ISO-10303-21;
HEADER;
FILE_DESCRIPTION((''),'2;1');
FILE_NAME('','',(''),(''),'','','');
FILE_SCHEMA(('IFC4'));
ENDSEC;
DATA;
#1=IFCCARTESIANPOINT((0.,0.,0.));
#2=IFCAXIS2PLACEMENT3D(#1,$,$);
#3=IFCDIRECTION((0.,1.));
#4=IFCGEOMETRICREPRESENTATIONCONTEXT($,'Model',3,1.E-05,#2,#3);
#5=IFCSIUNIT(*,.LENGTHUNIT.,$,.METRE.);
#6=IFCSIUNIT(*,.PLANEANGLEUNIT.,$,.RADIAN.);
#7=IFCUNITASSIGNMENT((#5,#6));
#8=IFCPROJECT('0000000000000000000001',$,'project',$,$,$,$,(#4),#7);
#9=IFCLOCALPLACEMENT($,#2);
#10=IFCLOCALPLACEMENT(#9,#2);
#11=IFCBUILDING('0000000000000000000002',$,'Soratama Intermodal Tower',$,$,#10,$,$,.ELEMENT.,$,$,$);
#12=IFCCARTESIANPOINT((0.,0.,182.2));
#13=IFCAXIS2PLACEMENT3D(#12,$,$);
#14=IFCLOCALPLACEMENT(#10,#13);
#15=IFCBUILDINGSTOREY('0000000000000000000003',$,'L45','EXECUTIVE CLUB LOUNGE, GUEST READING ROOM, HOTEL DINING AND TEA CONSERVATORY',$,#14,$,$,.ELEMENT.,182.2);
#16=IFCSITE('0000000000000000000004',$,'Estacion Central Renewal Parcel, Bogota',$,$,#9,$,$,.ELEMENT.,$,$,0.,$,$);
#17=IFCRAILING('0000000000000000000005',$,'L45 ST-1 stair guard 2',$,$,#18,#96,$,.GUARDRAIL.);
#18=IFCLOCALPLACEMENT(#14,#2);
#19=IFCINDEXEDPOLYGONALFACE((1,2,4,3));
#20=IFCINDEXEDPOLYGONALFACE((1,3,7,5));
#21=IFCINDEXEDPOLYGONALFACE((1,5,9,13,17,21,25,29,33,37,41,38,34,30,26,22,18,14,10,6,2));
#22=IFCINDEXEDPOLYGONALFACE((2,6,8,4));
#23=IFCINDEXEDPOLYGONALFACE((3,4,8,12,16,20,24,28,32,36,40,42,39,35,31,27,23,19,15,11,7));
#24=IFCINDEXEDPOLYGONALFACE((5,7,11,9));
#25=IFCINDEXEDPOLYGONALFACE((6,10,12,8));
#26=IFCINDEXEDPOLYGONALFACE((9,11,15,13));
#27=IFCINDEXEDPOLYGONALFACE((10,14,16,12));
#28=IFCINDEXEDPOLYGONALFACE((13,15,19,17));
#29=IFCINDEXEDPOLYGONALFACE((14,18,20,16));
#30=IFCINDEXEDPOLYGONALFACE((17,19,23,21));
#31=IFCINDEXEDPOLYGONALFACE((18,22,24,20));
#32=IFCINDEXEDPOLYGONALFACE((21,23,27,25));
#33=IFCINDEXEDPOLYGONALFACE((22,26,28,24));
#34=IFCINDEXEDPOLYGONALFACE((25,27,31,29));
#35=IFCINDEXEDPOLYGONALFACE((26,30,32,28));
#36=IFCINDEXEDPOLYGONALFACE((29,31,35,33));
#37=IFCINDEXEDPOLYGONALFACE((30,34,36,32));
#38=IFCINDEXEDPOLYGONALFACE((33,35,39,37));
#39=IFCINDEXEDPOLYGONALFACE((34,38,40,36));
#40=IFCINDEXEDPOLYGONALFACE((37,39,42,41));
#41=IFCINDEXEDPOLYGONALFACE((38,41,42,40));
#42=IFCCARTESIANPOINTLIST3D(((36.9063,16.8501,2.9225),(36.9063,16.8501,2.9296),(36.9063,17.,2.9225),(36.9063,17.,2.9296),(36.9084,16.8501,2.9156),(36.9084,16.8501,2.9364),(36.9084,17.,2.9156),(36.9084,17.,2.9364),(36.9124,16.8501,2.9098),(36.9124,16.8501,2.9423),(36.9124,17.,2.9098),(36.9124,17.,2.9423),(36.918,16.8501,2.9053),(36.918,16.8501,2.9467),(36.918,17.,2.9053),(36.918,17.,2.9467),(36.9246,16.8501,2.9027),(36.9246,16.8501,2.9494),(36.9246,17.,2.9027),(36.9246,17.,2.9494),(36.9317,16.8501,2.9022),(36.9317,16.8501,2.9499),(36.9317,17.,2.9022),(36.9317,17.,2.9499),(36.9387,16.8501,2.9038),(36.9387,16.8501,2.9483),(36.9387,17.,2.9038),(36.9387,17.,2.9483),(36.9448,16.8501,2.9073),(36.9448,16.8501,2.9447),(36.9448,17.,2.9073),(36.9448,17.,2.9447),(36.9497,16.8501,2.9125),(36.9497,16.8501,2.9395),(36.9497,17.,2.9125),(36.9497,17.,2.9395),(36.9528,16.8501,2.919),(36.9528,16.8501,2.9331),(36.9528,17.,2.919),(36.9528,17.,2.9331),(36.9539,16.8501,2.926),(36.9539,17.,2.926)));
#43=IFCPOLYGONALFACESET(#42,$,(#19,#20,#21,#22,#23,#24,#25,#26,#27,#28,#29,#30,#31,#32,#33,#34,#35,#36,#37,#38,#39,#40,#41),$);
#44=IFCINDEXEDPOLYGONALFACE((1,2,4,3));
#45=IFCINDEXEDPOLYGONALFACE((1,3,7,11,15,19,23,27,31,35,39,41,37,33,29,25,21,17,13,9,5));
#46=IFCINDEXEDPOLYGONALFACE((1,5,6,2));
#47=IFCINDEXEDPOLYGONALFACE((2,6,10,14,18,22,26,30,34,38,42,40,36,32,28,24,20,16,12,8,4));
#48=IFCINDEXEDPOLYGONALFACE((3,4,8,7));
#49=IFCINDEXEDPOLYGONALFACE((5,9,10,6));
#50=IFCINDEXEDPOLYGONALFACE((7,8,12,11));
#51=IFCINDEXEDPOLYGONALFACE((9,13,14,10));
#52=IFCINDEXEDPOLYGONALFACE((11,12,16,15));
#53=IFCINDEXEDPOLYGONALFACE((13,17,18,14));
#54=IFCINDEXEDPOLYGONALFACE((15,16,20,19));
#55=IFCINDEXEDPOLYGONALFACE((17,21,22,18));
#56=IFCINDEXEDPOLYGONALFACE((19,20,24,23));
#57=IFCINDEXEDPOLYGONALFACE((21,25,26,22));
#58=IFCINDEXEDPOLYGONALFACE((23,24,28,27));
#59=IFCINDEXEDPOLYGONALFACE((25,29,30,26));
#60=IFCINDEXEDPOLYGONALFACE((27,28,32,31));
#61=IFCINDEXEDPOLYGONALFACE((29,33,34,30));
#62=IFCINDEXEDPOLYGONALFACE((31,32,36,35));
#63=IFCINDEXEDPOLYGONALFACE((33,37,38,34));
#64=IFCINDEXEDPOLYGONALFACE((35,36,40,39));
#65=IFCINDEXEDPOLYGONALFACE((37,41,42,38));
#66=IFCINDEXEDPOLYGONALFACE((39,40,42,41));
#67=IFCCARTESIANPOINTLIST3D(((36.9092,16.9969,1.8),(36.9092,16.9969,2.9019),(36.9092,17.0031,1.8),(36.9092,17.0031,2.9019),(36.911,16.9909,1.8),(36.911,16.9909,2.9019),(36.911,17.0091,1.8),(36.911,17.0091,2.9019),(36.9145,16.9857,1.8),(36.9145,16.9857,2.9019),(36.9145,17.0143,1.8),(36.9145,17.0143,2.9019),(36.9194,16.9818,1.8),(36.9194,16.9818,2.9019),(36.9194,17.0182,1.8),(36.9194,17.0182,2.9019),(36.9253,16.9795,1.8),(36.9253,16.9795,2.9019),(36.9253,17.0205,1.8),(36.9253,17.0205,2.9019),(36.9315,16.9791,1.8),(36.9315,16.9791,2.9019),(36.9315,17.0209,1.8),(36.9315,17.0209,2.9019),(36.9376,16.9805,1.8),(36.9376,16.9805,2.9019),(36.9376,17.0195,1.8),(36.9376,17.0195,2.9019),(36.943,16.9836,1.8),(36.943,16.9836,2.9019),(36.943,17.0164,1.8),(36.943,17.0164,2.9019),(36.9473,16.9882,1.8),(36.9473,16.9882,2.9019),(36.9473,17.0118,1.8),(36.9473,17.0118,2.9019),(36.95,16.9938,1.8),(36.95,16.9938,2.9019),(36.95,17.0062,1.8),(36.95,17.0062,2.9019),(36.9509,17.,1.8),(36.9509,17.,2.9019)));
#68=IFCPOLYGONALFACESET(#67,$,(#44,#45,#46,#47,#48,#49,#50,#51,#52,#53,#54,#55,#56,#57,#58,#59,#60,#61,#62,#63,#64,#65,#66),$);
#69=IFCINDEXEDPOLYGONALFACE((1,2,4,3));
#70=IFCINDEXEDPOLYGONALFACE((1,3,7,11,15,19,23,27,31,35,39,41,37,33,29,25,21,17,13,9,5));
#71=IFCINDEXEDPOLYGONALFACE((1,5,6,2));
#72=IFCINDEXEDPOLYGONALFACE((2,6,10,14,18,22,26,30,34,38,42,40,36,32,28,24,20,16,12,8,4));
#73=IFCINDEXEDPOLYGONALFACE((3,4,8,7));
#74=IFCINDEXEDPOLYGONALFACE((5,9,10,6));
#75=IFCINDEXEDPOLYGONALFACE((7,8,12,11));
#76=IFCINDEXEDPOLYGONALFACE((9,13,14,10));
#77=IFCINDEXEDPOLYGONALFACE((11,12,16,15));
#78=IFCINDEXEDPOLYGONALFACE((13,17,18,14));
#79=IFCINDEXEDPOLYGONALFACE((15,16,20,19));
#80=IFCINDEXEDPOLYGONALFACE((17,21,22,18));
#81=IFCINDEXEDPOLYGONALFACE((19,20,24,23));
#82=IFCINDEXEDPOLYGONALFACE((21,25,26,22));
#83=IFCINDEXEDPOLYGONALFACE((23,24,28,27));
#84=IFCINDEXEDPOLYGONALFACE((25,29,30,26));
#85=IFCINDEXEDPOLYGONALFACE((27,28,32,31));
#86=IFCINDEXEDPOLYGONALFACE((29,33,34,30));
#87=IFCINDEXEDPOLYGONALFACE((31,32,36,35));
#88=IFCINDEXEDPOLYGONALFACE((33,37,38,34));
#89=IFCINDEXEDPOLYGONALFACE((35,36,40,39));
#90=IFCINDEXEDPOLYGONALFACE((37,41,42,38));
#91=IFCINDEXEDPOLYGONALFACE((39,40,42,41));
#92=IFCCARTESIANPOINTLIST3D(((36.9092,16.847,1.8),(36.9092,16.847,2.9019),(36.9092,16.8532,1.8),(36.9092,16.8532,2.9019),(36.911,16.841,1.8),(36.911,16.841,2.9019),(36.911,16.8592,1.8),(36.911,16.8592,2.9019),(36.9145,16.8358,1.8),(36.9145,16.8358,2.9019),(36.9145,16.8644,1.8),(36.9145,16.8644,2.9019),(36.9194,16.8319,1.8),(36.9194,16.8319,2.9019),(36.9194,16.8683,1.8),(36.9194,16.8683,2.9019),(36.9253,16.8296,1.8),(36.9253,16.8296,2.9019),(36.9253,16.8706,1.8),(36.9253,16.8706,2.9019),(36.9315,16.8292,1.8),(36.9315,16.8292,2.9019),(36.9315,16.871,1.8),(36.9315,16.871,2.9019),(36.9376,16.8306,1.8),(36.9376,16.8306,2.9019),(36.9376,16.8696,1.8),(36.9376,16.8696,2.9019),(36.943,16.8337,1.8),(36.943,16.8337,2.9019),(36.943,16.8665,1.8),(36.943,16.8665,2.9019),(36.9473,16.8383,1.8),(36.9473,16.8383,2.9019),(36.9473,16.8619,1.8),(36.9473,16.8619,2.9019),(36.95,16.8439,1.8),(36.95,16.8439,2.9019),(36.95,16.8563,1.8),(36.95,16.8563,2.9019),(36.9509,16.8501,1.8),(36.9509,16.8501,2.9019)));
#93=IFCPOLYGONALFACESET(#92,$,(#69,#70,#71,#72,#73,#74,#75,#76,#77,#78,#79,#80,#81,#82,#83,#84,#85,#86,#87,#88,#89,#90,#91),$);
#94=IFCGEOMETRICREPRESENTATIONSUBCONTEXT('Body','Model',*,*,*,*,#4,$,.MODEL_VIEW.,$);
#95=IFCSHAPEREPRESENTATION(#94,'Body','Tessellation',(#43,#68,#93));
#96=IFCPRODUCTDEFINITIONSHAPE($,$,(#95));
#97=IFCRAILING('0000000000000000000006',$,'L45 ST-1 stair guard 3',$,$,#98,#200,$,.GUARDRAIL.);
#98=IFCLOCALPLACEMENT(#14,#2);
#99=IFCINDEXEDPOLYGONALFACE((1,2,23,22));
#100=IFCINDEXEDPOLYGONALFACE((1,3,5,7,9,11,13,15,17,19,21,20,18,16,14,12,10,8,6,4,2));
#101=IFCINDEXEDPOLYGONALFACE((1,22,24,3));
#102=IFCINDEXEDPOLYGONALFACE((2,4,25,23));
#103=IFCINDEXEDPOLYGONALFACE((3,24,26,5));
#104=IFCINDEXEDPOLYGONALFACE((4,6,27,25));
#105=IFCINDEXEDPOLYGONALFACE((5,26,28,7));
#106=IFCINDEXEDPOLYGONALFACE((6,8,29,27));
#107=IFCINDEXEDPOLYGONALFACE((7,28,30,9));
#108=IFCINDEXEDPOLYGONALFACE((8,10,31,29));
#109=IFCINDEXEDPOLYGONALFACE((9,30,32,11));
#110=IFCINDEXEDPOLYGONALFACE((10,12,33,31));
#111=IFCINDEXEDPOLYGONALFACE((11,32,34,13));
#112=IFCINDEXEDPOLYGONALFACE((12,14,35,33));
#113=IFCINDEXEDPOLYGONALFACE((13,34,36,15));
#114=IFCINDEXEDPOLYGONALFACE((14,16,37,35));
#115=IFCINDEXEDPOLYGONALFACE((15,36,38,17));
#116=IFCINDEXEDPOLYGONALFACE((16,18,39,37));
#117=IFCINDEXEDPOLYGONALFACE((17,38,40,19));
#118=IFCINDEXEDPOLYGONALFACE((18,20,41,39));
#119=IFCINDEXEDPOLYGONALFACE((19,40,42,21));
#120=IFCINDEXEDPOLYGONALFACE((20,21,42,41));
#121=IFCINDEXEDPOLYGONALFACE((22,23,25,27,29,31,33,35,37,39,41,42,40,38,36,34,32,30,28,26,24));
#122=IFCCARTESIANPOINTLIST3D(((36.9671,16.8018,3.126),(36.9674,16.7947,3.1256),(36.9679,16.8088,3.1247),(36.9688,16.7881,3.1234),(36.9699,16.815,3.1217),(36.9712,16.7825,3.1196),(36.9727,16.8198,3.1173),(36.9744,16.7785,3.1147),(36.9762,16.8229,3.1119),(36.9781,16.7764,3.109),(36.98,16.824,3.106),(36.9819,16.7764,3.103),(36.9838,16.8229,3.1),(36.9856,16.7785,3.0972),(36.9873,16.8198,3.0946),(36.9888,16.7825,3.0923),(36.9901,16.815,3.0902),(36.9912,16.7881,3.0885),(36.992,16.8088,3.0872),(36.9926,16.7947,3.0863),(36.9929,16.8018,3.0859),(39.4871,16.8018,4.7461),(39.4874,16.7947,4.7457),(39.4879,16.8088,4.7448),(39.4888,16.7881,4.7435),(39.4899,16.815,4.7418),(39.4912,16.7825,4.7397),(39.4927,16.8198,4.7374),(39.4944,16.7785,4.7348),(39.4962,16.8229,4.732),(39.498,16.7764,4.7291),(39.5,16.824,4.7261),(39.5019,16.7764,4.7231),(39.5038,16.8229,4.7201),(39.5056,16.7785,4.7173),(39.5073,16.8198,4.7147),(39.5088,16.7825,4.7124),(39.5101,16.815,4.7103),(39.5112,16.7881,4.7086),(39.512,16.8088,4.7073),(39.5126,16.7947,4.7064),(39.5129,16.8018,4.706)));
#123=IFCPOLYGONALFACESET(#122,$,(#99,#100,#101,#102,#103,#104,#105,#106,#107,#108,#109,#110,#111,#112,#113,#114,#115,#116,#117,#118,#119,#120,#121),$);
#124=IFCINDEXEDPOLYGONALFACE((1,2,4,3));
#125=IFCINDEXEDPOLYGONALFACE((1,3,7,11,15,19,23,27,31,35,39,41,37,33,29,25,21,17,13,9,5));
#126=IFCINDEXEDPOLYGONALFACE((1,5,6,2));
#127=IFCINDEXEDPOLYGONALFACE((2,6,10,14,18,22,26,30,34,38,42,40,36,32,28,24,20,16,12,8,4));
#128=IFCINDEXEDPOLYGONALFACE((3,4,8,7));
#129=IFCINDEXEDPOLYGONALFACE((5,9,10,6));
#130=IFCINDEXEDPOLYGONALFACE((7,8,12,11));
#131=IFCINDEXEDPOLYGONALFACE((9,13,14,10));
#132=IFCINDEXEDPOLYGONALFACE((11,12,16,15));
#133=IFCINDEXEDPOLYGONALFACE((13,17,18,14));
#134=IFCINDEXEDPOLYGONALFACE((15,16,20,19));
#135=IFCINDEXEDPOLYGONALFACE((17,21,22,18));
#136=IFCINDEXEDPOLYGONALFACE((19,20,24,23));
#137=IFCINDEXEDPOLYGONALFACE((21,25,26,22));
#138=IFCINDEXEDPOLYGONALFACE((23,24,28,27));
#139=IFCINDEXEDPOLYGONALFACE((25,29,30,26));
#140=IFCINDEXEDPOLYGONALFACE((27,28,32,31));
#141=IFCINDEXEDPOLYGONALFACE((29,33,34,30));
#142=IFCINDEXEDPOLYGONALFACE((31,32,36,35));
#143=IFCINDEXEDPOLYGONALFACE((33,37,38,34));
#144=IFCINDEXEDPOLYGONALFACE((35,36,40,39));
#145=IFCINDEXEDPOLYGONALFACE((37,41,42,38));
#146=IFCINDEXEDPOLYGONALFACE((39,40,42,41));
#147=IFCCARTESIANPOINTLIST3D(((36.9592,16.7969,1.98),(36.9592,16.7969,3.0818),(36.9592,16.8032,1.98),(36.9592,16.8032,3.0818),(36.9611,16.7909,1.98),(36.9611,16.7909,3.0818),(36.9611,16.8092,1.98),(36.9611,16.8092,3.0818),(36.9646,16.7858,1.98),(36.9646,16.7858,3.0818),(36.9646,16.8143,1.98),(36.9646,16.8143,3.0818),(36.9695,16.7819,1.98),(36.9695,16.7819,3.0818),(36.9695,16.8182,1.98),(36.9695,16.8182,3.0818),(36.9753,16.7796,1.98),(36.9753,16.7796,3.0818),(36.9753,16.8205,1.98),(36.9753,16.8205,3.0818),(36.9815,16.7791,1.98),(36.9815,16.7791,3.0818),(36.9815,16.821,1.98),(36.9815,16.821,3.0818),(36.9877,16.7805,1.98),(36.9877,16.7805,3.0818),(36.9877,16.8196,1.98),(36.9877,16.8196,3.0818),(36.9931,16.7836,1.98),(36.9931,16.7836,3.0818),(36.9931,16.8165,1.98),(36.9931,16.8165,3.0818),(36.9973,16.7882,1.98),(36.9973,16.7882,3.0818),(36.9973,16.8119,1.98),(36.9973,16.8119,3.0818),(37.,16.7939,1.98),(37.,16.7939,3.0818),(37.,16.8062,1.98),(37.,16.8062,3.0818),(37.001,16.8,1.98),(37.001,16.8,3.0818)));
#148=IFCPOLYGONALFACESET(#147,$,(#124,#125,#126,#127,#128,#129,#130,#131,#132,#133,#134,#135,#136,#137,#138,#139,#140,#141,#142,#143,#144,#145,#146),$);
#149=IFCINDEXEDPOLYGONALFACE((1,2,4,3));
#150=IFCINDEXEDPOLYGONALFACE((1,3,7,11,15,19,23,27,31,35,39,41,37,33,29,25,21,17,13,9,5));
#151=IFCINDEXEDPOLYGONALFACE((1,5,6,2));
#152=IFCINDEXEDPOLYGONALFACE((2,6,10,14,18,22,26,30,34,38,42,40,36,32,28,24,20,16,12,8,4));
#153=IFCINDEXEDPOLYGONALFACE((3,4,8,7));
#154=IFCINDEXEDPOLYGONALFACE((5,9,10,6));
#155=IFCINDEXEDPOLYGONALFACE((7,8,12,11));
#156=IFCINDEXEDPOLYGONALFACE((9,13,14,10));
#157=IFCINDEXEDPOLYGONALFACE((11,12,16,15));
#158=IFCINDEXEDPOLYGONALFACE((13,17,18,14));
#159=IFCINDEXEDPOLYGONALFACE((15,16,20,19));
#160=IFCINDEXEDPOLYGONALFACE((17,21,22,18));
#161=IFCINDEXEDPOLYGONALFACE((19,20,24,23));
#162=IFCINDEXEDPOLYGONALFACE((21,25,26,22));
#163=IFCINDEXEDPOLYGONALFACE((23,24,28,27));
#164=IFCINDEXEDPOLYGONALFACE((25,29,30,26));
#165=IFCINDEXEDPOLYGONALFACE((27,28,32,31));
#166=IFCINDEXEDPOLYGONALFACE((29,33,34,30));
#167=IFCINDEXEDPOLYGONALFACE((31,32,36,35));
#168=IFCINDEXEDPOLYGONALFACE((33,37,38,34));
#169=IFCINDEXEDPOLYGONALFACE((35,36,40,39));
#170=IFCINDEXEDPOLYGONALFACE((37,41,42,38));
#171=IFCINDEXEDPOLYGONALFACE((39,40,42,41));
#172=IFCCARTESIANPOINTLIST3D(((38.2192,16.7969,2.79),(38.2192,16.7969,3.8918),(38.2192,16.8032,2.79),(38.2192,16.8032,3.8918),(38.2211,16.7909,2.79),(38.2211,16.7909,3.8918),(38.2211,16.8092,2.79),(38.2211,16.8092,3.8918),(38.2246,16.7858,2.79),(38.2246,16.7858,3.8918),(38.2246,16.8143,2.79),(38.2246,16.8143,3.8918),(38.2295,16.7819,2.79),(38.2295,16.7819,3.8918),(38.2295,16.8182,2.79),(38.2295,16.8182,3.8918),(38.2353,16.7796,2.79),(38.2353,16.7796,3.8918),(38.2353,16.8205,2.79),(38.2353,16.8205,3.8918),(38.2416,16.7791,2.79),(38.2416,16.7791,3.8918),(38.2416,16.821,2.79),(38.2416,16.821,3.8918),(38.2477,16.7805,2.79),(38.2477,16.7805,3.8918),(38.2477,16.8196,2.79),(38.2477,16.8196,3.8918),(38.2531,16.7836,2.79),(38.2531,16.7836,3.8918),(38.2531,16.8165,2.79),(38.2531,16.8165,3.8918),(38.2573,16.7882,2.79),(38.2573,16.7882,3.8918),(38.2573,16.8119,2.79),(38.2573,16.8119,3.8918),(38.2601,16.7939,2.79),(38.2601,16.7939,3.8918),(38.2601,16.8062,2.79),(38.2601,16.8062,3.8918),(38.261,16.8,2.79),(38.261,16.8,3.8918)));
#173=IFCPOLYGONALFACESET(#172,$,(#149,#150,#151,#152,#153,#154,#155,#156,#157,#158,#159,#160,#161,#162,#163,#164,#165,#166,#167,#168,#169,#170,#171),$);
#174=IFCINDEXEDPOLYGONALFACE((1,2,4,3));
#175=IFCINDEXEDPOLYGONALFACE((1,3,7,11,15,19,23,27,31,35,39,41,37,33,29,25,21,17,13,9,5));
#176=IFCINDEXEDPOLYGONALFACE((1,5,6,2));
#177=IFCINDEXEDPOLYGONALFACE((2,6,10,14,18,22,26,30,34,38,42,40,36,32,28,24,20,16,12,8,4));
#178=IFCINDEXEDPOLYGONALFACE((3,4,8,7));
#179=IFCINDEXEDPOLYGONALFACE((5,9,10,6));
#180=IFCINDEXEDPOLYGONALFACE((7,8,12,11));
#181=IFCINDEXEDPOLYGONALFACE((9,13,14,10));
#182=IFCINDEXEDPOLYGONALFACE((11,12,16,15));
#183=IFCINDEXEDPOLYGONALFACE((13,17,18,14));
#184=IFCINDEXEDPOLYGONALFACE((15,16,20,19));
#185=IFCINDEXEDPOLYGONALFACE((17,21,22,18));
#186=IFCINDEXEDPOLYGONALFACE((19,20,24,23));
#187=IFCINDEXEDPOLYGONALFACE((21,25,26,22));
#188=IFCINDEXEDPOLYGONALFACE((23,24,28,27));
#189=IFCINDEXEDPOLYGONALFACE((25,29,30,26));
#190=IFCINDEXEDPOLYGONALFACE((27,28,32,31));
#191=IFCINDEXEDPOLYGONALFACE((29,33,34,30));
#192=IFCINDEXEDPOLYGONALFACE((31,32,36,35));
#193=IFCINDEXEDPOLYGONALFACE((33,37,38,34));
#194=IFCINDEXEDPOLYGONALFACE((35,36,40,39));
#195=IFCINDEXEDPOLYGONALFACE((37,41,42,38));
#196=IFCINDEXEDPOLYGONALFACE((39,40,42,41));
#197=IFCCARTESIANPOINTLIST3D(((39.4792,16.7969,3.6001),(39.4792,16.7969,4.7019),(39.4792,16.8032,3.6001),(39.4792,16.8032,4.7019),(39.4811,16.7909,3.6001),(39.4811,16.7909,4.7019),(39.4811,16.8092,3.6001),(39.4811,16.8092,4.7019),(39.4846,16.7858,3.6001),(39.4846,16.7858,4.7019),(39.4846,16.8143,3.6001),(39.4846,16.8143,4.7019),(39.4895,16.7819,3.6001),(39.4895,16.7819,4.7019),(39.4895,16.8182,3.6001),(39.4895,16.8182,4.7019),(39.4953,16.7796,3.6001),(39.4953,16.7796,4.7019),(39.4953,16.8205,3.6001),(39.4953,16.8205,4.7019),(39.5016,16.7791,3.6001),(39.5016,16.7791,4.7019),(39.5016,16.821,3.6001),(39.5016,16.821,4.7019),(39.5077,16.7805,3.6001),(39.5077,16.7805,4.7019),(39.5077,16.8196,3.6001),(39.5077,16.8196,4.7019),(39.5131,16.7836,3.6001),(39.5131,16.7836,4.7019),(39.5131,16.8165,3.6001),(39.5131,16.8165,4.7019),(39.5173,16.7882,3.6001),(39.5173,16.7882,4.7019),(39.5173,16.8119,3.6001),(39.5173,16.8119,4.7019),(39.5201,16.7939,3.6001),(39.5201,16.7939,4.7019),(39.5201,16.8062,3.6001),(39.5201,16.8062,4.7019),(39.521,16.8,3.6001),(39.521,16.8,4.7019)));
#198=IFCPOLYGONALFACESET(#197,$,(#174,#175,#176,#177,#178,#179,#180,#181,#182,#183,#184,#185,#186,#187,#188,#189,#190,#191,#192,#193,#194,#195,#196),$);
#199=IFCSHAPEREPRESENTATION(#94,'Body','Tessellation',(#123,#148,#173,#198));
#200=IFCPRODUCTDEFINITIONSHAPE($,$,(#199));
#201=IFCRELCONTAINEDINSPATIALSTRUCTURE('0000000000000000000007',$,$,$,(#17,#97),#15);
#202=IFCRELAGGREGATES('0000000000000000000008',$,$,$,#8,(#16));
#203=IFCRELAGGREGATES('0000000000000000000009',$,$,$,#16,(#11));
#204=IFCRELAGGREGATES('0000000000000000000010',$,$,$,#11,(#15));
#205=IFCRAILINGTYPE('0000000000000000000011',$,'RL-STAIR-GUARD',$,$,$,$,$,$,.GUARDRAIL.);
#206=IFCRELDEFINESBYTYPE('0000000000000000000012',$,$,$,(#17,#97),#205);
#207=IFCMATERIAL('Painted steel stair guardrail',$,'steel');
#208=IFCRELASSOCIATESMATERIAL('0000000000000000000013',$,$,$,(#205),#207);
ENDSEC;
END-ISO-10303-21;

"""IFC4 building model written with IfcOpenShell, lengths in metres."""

from ifc_helpers import new_model, si_unit, direction, frame, origin, origin_2d, place, context, subcontext, project, spatial, circle, extrude, material, type_object, element, save


model = new_model("IFC4")

# Units and contexts
model_context = context("Model", 3, precision=1e-05, world=origin(), true_north=direction((0.0, 1.0)))
body_context = subcontext(model_context, "Body", "Model", "MODEL_VIEW")
ifc_project = project(units=[si_unit("LENGTHUNIT", "METRE"), si_unit("PLANEANGLEUNIT", "RADIAN")], contexts=[model_context])

# Site, building, storey
site_placement = place(None, origin())
site = spatial("IfcSite", under=ifc_project, at=site_placement, Name="Estacion Central Renewal Parcel, Bogota", CompositionType="ELEMENT", RefElevation=0.0)
building_placement = place(site_placement, origin())
building = spatial("IfcBuilding", under=site, at=building_placement, Name="Soratama Intermodal Tower", CompositionType="ELEMENT")
storey_placement = place(building_placement, frame((0.0, 0.0, 182.2)))
storey = spatial("IfcBuildingStorey", under=building, at=storey_placement, Name="L45", Description="EXECUTIVE CLUB LOUNGE, GUEST READING ROOM, HOTEL DINING AND TEA CONSERVATORY", CompositionType="ELEMENT", Elevation=182.2)

# Railings
ifc_material_1 = material(Name="Painted steel stair guardrail", Category="steel")
railing_type_1 = type_object("IfcRailingType", Name="RL-STAIR-GUARD", PredefinedType="GUARDRAIL", material=ifc_material_1)
railing_1_placement = place(storey_placement, frame((36.9299, 17.0, 1.8)))
element("IfcRailing", 1, at=railing_1_placement, inside=storey, type_object=railing_type_1, Name="L45 ST-1 stair guard 2", PredefinedType="GUARDRAIL", context=body_context, shape_type="SweptSolid", body=[
    extrude(circle(Radius=0.0239, at=origin_2d()), frame((0.0, 0.0, 1.126), z_axis=(0.0, -1.0, 0.0), x_axis=(1.0, 0.0, 0.0)), (0.0, 0.0, 1.0), 0.1499),
    extrude(circle(Radius=0.021, at=origin_2d()), origin(), (0.0, 0.0, 1.0), 1.1018),
    extrude(circle(Radius=0.021, at=origin_2d()), frame((0.0, -0.1499, 0.0)), (0.0, 0.0, 1.0), 1.1018),
])
railing_2_placement = place(storey_placement, frame((36.98, 16.8, 1.98)))
element("IfcRailing", 2, at=railing_2_placement, inside=storey, type_object=railing_type_1, Name="L45 ST-1 stair guard 3", PredefinedType="GUARDRAIL", context=body_context, shape_type="SweptSolid", body=[
    extrude(circle(Radius=0.0239, at=origin_2d()), frame((0.0, 0.0, 1.126), z_axis=(0.841163, 0.0, 0.540782), x_axis=(0.0, 1.0, 0.0)), (0.0, 0.0, 1.0), 2.9958),
    extrude(circle(Radius=0.021, at=origin_2d()), origin(), (0.0, 0.0, 1.0), 1.1018),
    extrude(circle(Radius=0.021, at=origin_2d()), frame((1.26, 0.0, 0.8101)), (0.0, 0.0, 1.0), 1.1018),
    extrude(circle(Radius=0.021, at=origin_2d()), frame((2.52, 0.0, 1.6201)), (0.0, 0.0, 1.0), 1.1018),
])

save(model, "model.ifc")
